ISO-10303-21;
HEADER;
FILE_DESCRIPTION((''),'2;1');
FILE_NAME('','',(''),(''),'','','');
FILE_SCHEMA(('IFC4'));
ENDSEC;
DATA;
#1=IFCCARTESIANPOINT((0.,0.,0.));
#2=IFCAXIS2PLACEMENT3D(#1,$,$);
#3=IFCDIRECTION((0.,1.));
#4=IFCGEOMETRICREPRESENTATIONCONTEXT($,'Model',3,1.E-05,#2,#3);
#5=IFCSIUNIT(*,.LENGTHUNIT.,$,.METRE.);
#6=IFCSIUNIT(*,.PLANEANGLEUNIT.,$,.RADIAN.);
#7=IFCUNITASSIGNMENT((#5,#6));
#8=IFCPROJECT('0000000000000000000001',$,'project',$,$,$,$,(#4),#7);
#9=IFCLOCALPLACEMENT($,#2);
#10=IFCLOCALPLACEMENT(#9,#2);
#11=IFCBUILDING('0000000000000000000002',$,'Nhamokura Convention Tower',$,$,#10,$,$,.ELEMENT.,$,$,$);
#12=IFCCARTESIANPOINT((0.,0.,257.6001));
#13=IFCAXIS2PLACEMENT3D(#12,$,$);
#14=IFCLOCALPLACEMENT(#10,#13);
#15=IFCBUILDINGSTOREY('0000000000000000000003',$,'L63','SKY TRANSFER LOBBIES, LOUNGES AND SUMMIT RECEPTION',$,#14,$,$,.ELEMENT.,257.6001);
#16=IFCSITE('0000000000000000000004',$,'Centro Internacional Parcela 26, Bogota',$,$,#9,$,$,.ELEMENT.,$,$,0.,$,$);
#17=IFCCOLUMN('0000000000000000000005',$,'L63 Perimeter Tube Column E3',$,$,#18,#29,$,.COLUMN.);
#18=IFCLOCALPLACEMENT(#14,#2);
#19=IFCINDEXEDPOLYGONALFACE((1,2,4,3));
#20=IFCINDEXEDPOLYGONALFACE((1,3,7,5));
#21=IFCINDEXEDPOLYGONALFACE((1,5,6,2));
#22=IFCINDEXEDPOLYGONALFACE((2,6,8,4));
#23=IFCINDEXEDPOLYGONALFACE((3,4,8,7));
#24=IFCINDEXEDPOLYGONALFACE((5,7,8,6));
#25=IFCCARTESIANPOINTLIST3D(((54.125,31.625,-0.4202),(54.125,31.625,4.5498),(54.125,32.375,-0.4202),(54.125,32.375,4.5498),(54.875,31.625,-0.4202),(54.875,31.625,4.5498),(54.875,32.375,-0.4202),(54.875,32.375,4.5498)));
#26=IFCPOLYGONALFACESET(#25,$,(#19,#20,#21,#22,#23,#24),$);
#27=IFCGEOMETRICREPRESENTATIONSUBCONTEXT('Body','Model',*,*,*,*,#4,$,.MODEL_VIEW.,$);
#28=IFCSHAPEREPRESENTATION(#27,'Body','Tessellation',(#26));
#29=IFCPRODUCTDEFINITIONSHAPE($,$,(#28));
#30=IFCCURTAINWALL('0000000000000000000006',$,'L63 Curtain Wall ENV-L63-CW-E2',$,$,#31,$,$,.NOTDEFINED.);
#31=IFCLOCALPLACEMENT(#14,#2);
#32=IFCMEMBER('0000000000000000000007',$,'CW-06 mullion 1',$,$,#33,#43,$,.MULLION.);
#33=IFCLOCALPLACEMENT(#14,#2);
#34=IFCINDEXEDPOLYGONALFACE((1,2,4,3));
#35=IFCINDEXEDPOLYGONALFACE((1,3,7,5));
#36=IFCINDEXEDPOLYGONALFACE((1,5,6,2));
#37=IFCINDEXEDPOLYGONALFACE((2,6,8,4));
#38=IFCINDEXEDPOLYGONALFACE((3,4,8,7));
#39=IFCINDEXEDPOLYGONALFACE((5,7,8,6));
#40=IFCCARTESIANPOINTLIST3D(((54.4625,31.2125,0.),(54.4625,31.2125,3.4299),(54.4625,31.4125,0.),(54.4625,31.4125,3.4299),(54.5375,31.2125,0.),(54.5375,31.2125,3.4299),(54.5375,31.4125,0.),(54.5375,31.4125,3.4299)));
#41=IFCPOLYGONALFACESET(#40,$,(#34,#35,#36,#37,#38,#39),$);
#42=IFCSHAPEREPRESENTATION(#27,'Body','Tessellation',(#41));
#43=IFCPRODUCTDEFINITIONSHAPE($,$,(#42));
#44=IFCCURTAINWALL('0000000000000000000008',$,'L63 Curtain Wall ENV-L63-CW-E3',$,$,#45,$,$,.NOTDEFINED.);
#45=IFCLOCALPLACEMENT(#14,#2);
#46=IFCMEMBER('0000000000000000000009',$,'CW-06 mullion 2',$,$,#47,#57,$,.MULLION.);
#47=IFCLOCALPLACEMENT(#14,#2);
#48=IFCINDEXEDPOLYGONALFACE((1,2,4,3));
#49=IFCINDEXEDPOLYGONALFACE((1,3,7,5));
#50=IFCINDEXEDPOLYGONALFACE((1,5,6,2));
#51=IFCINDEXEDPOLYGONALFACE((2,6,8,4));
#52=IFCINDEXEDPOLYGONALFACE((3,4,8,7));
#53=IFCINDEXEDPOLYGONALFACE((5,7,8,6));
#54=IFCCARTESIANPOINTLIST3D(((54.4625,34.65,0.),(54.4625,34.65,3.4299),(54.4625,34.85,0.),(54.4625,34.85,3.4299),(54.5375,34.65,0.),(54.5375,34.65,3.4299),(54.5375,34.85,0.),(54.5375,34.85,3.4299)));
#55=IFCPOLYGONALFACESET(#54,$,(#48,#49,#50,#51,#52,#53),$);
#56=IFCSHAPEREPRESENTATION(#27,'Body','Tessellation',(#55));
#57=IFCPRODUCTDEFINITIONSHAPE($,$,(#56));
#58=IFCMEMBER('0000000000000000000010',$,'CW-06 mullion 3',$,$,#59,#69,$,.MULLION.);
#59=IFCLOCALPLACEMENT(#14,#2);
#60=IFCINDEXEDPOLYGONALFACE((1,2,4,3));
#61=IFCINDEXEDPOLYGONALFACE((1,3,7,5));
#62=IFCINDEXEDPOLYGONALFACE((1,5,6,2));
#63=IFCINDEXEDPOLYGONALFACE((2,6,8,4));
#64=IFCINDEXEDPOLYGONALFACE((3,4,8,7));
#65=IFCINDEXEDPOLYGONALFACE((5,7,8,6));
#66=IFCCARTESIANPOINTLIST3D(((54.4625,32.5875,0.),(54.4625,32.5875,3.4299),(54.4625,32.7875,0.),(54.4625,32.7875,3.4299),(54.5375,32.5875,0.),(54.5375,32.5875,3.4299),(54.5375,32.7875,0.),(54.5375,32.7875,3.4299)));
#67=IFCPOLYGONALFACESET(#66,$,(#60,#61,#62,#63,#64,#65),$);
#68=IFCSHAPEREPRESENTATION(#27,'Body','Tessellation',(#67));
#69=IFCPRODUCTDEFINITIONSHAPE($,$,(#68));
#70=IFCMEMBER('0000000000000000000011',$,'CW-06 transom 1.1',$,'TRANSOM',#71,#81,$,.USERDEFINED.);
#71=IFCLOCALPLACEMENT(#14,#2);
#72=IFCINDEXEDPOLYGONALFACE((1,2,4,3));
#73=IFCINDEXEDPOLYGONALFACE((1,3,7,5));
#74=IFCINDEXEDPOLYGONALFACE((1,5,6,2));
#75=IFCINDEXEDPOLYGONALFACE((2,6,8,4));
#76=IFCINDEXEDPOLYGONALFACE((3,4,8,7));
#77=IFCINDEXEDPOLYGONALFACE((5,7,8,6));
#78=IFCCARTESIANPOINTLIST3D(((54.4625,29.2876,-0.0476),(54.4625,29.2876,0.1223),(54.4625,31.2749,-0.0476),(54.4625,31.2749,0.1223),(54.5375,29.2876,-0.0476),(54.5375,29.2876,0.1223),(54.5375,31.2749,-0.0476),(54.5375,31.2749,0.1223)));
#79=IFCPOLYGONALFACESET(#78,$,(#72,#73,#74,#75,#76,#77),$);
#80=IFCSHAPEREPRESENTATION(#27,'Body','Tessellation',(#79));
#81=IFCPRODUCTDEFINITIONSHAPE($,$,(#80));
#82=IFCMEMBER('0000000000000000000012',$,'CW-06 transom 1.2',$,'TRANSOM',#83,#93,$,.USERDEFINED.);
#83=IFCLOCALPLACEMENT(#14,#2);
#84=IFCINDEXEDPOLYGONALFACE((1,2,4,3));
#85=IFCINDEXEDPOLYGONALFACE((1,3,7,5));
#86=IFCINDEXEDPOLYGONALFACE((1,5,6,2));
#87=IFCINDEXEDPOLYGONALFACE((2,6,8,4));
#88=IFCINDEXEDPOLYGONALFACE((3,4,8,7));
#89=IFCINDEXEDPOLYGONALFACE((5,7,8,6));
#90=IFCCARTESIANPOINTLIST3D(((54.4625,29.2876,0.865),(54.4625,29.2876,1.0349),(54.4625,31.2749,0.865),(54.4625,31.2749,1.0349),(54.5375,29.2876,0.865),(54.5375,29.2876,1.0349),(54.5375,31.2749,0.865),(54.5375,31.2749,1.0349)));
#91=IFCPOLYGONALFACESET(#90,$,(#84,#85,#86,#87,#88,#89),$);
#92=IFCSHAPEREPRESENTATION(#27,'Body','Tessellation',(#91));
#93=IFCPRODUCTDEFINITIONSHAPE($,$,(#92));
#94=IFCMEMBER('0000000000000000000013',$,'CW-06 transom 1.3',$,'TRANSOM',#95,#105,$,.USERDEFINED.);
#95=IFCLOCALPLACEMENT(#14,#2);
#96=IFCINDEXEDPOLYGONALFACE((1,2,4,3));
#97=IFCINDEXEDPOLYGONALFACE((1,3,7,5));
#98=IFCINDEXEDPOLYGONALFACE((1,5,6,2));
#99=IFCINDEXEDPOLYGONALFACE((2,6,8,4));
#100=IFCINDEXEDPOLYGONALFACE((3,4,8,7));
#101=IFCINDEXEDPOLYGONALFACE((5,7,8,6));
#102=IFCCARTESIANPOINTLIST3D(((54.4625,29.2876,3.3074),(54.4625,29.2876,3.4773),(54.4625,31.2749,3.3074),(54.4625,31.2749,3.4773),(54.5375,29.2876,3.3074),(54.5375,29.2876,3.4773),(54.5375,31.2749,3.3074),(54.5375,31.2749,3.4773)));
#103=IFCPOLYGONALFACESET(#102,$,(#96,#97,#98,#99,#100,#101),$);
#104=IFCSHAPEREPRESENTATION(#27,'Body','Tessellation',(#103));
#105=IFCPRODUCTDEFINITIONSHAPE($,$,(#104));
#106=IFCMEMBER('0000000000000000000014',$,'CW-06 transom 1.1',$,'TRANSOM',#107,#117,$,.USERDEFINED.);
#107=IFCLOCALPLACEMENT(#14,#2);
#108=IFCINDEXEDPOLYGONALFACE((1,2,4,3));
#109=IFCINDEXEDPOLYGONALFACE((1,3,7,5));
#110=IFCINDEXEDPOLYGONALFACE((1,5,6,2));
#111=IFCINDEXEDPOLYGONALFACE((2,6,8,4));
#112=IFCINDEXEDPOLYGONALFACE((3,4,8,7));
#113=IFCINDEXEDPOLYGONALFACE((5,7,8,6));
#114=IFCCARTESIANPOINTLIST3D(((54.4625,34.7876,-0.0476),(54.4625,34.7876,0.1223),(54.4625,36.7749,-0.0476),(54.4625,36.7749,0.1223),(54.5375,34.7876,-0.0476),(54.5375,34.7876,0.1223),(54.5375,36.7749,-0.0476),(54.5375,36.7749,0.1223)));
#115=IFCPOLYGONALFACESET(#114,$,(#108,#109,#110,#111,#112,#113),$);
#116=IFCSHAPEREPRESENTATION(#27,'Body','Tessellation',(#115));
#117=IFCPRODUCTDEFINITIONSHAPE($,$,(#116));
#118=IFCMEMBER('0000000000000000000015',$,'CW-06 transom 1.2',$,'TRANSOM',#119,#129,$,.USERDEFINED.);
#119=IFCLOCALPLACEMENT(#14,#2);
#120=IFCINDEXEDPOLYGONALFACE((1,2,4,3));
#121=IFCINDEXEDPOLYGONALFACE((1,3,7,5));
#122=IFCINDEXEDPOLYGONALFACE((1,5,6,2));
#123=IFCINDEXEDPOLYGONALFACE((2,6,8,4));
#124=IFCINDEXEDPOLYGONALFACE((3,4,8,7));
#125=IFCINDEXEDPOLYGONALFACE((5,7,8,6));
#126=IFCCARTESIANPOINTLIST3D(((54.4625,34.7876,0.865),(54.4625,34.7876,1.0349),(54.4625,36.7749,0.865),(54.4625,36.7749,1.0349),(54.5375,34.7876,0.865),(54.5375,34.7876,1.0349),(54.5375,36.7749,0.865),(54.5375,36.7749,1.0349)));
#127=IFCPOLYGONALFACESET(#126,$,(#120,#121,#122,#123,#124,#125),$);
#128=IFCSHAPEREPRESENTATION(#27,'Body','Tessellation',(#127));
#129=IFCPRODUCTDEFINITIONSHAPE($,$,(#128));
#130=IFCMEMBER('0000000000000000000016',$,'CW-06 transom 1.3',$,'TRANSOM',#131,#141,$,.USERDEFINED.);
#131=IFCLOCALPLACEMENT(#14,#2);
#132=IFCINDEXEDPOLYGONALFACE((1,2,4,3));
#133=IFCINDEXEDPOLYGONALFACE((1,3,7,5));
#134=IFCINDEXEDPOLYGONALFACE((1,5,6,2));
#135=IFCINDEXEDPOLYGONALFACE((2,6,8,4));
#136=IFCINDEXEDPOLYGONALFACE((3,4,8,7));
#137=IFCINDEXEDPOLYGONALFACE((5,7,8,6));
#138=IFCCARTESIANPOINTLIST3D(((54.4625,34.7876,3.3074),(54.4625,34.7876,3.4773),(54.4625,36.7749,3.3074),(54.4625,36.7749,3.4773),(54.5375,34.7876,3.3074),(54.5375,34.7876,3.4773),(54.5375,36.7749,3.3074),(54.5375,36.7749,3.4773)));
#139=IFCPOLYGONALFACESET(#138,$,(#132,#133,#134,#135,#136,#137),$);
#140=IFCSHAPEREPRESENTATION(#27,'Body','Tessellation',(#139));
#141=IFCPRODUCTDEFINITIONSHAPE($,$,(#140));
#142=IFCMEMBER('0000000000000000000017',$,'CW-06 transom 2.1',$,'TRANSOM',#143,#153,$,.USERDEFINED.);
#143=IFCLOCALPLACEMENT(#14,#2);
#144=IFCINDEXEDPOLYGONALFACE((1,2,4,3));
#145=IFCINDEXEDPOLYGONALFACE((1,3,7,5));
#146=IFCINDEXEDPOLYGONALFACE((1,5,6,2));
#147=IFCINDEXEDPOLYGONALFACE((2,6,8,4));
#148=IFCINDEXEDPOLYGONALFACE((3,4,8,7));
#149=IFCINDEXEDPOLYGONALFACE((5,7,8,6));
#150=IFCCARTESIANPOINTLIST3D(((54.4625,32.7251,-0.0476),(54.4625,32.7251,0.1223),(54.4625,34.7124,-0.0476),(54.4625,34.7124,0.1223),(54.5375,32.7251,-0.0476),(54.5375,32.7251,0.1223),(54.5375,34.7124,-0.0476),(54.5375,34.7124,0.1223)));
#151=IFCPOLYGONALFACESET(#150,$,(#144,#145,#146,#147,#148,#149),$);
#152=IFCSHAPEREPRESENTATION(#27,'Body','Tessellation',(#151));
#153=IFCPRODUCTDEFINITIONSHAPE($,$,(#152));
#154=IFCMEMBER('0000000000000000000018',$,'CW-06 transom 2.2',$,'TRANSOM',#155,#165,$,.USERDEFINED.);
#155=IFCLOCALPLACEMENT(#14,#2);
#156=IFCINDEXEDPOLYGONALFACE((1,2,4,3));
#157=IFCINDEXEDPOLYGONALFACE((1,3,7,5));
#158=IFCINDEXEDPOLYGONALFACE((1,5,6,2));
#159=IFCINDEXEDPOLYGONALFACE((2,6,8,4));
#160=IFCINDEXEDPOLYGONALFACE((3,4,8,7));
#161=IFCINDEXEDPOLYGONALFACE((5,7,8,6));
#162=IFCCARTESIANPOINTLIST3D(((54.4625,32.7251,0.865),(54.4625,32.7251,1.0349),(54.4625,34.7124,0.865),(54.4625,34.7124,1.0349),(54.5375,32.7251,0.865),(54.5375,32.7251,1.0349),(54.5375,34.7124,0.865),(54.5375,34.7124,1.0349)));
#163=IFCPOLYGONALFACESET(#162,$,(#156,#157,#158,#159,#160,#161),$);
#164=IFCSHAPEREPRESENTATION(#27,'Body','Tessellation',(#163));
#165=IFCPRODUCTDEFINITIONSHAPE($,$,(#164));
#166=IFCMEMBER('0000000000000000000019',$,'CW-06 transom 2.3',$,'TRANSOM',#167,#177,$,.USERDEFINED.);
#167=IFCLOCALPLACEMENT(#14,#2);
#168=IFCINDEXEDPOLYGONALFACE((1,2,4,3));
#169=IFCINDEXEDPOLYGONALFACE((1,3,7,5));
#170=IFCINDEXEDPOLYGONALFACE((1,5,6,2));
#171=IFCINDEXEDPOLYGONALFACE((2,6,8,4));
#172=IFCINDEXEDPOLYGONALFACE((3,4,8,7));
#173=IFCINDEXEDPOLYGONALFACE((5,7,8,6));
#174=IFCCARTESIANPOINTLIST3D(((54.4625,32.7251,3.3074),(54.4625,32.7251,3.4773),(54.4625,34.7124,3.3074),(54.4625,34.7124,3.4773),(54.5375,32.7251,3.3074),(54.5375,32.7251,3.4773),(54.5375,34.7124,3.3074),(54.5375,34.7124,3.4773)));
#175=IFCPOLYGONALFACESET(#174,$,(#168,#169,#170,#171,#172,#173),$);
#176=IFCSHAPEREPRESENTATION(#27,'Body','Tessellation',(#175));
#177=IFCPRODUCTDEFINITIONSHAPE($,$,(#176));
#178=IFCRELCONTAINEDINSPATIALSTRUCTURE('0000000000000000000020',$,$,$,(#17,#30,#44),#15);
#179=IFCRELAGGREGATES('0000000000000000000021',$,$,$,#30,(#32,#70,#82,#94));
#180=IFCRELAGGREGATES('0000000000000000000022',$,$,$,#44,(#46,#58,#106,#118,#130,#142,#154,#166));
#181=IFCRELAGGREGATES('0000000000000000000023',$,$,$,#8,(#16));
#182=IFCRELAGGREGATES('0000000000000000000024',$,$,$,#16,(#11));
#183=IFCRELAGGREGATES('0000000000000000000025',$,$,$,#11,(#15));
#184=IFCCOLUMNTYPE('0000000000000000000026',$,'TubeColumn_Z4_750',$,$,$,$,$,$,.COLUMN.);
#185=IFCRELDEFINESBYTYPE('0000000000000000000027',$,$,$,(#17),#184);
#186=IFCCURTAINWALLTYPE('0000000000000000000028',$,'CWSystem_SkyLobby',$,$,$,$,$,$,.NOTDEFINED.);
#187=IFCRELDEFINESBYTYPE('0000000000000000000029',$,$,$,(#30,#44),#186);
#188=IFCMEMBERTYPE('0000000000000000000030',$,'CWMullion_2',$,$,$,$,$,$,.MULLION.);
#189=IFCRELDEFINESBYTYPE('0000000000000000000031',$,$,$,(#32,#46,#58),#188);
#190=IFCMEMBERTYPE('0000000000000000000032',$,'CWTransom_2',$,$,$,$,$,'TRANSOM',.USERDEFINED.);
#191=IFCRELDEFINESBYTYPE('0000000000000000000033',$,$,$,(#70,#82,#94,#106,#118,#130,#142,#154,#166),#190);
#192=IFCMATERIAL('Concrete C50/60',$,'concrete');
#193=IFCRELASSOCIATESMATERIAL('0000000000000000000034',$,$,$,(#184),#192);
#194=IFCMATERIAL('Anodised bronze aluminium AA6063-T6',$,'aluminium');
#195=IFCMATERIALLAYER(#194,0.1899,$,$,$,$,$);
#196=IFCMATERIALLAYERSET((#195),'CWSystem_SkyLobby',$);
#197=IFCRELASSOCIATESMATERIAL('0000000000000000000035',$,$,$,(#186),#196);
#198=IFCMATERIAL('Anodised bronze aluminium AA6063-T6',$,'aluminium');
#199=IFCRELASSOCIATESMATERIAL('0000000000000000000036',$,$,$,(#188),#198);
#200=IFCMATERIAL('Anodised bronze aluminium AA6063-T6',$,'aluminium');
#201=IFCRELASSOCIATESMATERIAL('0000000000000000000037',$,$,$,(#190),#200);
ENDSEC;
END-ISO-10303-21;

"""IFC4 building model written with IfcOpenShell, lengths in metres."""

from ifc_helpers import new_model, si_unit, direction, frame, origin, origin_2d, place, context, subcontext, project, spatial, rectangle, extrude, material, layer, layer_set, material_profile, profile_set, type_object, element, aggregate, save


model = new_model("IFC4")

# Units and contexts
model_context = context("Model", 3, precision=1e-05, world=origin(), true_north=direction((0.0, 1.0)))
body_context = subcontext(model_context, "Body", "Model", "MODEL_VIEW")
ifc_project = project(units=[si_unit("LENGTHUNIT", "METRE"), si_unit("PLANEANGLEUNIT", "RADIAN")], contexts=[model_context])

# Site, building, storey
site_placement = place(None, origin())
site = spatial("IfcSite", under=ifc_project, at=site_placement, Name="Centro Internacional Parcela 26, Bogota", CompositionType="ELEMENT", RefElevation=0.0)
building_placement = place(site_placement, origin())
building = spatial("IfcBuilding", under=site, at=building_placement, Name="Nhamokura Convention Tower", CompositionType="ELEMENT")
storey_placement = place(building_placement, frame((0.0, 0.0, 257.6001)))
storey = spatial("IfcBuildingStorey", under=building, at=storey_placement, Name="L63", Description="SKY TRANSFER LOBBIES, LOUNGES AND SUMMIT RECEPTION", CompositionType="ELEMENT", Elevation=257.6001)

# Column
ifc_material_1 = material(Name="Concrete C50/60", Category="concrete")
ifc_material_profile_1 = material_profile(ifc_material_1, rectangle(XDim=0.75, YDim=0.75, at=origin_2d()))
ifc_profile_set_1 = profile_set([ifc_material_profile_1], Name="Concrete C50/60")
column_type = type_object("IfcColumnType", Name="TubeColumn_Z4_750", PredefinedType="COLUMN", material=ifc_profile_set_1)
column_placement = place(storey_placement, frame((54.5, 32.0, -0.4202), z_axis=(0.0, 0.0, 1.0), x_axis=(1.0, 0.0, 0.0)))
element("IfcColumn", 1, at=column_placement, inside=storey, type_object=column_type, Name="L63 Perimeter Tube Column E3", PredefinedType="COLUMN", context=body_context, shape_type="SweptSolid", body=[
    extrude(rectangle(XDim=0.75, YDim=0.75, at=origin_2d()), origin(), (0.0, 0.0, 1.0), 4.97),
])

# Curtain wall, member
ifc_material_2 = material(Name="Anodised bronze aluminium AA6063-T6", Category="aluminium")
ifc_layer_1 = layer(ifc_material_2, 0.1899)
ifc_layer_set_1 = layer_set([ifc_layer_1], Name="CWSystem_SkyLobby")
curtain_wall_type = type_object("IfcCurtainWallType", Name="CWSystem_SkyLobby", PredefinedType="NOTDEFINED", material=ifc_layer_set_1)
curtain_wall_1_placement = place(storey_placement, origin())
curtain_wall_1 = element("IfcCurtainWall", 2, at=curtain_wall_1_placement, inside=storey, type_object=curtain_wall_type, Name="L63 Curtain Wall ENV-L63-CW-E2", PredefinedType="NOTDEFINED")
ifc_material_3 = material(Name="Anodised bronze aluminium AA6063-T6", Category="aluminium")
ifc_material_profile_2 = material_profile(ifc_material_3, rectangle(XDim=0.075, YDim=0.2, at=origin_2d()))
ifc_profile_set_2 = profile_set([ifc_material_profile_2], Name="Anodised bronze aluminium AA6063-T6")
member_type_1 = type_object("IfcMemberType", Name="CWMullion_2", PredefinedType="MULLION", material=ifc_profile_set_2)
member_1_placement = place(storey_placement, frame((54.5, 31.3125, 0.0), z_axis=(0.0, 0.0, 1.0), x_axis=(1.0, 0.0, 0.0)))
member_1 = element("IfcMember", 3, at=member_1_placement, type_object=member_type_1, Name="CW-06 mullion 1", PredefinedType="MULLION", context=body_context, shape_type="SweptSolid", body=[
    extrude(rectangle(XDim=0.075, YDim=0.2, at=origin_2d()), origin(), (0.0, 0.0, 1.0), 3.4299),
])

# Curtain wall, members
curtain_wall_2_placement = place(storey_placement, origin())
curtain_wall_2 = element("IfcCurtainWall", 4, at=curtain_wall_2_placement, inside=storey, type_object=curtain_wall_type, Name="L63 Curtain Wall ENV-L63-CW-E3", PredefinedType="NOTDEFINED")
member_2_placement = place(storey_placement, frame((54.5, 34.75, 0.0), z_axis=(0.0, 0.0, 1.0), x_axis=(1.0, 0.0, 0.0)))
member_2 = element("IfcMember", 5, at=member_2_placement, type_object=member_type_1, Name="CW-06 mullion 2", PredefinedType="MULLION", context=body_context, shape_type="SweptSolid", body=[
    extrude(rectangle(XDim=0.075, YDim=0.2, at=origin_2d()), origin(), (0.0, 0.0, 1.0), 3.4299),
])
member_3_placement = place(storey_placement, frame((54.5, 32.6875, 0.0), z_axis=(0.0, 0.0, 1.0), x_axis=(1.0, 0.0, 0.0)))
member_3 = element("IfcMember", 6, at=member_3_placement, type_object=member_type_1, Name="CW-06 mullion 3", PredefinedType="MULLION", context=body_context, shape_type="SweptSolid", body=[
    extrude(rectangle(XDim=0.075, YDim=0.2, at=origin_2d()), origin(), (0.0, 0.0, 1.0), 3.4299),
])

# Members
ifc_material_4 = material(Name="Anodised bronze aluminium AA6063-T6", Category="aluminium")
ifc_material_profile_3 = material_profile(ifc_material_4, rectangle(XDim=0.075, YDim=0.1699, at=origin_2d()))
ifc_profile_set_3 = profile_set([ifc_material_profile_3], Name="Anodised bronze aluminium AA6063-T6")
member_type_2 = type_object("IfcMemberType", Name="CWTransom_2", ElementType="TRANSOM", PredefinedType="USERDEFINED", material=ifc_profile_set_3)
member_4_placement = place(storey_placement, frame((54.5, 31.2749, 0.0374), z_axis=(0.0, -1.0, 0.0), x_axis=(1.0, 0.0, 0.0)))
member_4 = element("IfcMember", 7, at=member_4_placement, type_object=member_type_2, Name="CW-06 transom 1.1", ObjectType="TRANSOM", PredefinedType="USERDEFINED", context=body_context, shape_type="SweptSolid", body=[
    extrude(rectangle(XDim=0.075, YDim=0.1699, at=origin_2d()), origin(), (0.0, 0.0, 1.0), 1.9873),
])
member_5_placement = place(storey_placement, frame((54.5, 31.2749, 0.95), z_axis=(0.0, -1.0, 0.0), x_axis=(1.0, 0.0, 0.0)))
member_5 = element("IfcMember", 8, at=member_5_placement, type_object=member_type_2, Name="CW-06 transom 1.2", ObjectType="TRANSOM", PredefinedType="USERDEFINED", context=body_context, shape_type="SweptSolid", body=[
    extrude(rectangle(XDim=0.075, YDim=0.1699, at=origin_2d()), origin(), (0.0, 0.0, 1.0), 1.9873),
])
member_6_placement = place(storey_placement, frame((54.5, 31.2749, 3.3923), z_axis=(0.0, -1.0, 0.0), x_axis=(1.0, 0.0, 0.0)))
member_6 = element("IfcMember", 9, at=member_6_placement, type_object=member_type_2, Name="CW-06 transom 1.3", ObjectType="TRANSOM", PredefinedType="USERDEFINED", context=body_context, shape_type="SweptSolid", body=[
    extrude(rectangle(XDim=0.075, YDim=0.1699, at=origin_2d()), origin(), (0.0, 0.0, 1.0), 1.9873),
])
aggregate(curtain_wall_1, [member_1, member_4, member_5, member_6])
member_7_placement = place(storey_placement, frame((54.5, 36.7749, 0.0374), z_axis=(0.0, -1.0, 0.0), x_axis=(1.0, 0.0, 0.0)))
member_7 = element("IfcMember", 10, at=member_7_placement, type_object=member_type_2, Name="CW-06 transom 1.1", ObjectType="TRANSOM", PredefinedType="USERDEFINED", context=body_context, shape_type="SweptSolid", body=[
    extrude(rectangle(XDim=0.075, YDim=0.1699, at=origin_2d()), origin(), (0.0, 0.0, 1.0), 1.9873),
])
member_8_placement = place(storey_placement, frame((54.5, 36.7749, 0.95), z_axis=(0.0, -1.0, 0.0), x_axis=(1.0, 0.0, 0.0)))
member_8 = element("IfcMember", 11, at=member_8_placement, type_object=member_type_2, Name="CW-06 transom 1.2", ObjectType="TRANSOM", PredefinedType="USERDEFINED", context=body_context, shape_type="SweptSolid", body=[
    extrude(rectangle(XDim=0.075, YDim=0.1699, at=origin_2d()), origin(), (0.0, 0.0, 1.0), 1.9873),
])
member_9_placement = place(storey_placement, frame((54.5, 36.7749, 3.3923), z_axis=(0.0, -1.0, 0.0), x_axis=(1.0, 0.0, 0.0)))
member_9 = element("IfcMember", 12, at=member_9_placement, type_object=member_type_2, Name="CW-06 transom 1.3", ObjectType="TRANSOM", PredefinedType="USERDEFINED", context=body_context, shape_type="SweptSolid", body=[
    extrude(rectangle(XDim=0.075, YDim=0.1699, at=origin_2d()), origin(), (0.0, 0.0, 1.0), 1.9873),
])
member_10_placement = place(storey_placement, frame((54.5, 34.7124, 0.0374), z_axis=(0.0, -1.0, 0.0), x_axis=(1.0, 0.0, 0.0)))
member_10 = element("IfcMember", 13, at=member_10_placement, type_object=member_type_2, Name="CW-06 transom 2.1", ObjectType="TRANSOM", PredefinedType="USERDEFINED", context=body_context, shape_type="SweptSolid", body=[
    extrude(rectangle(XDim=0.075, YDim=0.1699, at=origin_2d()), origin(), (0.0, 0.0, 1.0), 1.9873),
])
member_11_placement = place(storey_placement, frame((54.5, 34.7124, 0.95), z_axis=(0.0, -1.0, 0.0), x_axis=(1.0, 0.0, 0.0)))
member_11 = element("IfcMember", 14, at=member_11_placement, type_object=member_type_2, Name="CW-06 transom 2.2", ObjectType="TRANSOM", PredefinedType="USERDEFINED", context=body_context, shape_type="SweptSolid", body=[
    extrude(rectangle(XDim=0.075, YDim=0.1699, at=origin_2d()), origin(), (0.0, 0.0, 1.0), 1.9873),
])
member_12_placement = place(storey_placement, frame((54.5, 34.7124, 3.3923), z_axis=(0.0, -1.0, 0.0), x_axis=(1.0, 0.0, 0.0)))
member_12 = element("IfcMember", 15, at=member_12_placement, type_object=member_type_2, Name="CW-06 transom 2.3", ObjectType="TRANSOM", PredefinedType="USERDEFINED", context=body_context, shape_type="SweptSolid", body=[
    extrude(rectangle(XDim=0.075, YDim=0.1699, at=origin_2d()), origin(), (0.0, 0.0, 1.0), 1.9873),
])

aggregate(curtain_wall_2, [member_2, member_3, member_7, member_8, member_9, member_10, member_11, member_12])

save(model, "model.ifc")
